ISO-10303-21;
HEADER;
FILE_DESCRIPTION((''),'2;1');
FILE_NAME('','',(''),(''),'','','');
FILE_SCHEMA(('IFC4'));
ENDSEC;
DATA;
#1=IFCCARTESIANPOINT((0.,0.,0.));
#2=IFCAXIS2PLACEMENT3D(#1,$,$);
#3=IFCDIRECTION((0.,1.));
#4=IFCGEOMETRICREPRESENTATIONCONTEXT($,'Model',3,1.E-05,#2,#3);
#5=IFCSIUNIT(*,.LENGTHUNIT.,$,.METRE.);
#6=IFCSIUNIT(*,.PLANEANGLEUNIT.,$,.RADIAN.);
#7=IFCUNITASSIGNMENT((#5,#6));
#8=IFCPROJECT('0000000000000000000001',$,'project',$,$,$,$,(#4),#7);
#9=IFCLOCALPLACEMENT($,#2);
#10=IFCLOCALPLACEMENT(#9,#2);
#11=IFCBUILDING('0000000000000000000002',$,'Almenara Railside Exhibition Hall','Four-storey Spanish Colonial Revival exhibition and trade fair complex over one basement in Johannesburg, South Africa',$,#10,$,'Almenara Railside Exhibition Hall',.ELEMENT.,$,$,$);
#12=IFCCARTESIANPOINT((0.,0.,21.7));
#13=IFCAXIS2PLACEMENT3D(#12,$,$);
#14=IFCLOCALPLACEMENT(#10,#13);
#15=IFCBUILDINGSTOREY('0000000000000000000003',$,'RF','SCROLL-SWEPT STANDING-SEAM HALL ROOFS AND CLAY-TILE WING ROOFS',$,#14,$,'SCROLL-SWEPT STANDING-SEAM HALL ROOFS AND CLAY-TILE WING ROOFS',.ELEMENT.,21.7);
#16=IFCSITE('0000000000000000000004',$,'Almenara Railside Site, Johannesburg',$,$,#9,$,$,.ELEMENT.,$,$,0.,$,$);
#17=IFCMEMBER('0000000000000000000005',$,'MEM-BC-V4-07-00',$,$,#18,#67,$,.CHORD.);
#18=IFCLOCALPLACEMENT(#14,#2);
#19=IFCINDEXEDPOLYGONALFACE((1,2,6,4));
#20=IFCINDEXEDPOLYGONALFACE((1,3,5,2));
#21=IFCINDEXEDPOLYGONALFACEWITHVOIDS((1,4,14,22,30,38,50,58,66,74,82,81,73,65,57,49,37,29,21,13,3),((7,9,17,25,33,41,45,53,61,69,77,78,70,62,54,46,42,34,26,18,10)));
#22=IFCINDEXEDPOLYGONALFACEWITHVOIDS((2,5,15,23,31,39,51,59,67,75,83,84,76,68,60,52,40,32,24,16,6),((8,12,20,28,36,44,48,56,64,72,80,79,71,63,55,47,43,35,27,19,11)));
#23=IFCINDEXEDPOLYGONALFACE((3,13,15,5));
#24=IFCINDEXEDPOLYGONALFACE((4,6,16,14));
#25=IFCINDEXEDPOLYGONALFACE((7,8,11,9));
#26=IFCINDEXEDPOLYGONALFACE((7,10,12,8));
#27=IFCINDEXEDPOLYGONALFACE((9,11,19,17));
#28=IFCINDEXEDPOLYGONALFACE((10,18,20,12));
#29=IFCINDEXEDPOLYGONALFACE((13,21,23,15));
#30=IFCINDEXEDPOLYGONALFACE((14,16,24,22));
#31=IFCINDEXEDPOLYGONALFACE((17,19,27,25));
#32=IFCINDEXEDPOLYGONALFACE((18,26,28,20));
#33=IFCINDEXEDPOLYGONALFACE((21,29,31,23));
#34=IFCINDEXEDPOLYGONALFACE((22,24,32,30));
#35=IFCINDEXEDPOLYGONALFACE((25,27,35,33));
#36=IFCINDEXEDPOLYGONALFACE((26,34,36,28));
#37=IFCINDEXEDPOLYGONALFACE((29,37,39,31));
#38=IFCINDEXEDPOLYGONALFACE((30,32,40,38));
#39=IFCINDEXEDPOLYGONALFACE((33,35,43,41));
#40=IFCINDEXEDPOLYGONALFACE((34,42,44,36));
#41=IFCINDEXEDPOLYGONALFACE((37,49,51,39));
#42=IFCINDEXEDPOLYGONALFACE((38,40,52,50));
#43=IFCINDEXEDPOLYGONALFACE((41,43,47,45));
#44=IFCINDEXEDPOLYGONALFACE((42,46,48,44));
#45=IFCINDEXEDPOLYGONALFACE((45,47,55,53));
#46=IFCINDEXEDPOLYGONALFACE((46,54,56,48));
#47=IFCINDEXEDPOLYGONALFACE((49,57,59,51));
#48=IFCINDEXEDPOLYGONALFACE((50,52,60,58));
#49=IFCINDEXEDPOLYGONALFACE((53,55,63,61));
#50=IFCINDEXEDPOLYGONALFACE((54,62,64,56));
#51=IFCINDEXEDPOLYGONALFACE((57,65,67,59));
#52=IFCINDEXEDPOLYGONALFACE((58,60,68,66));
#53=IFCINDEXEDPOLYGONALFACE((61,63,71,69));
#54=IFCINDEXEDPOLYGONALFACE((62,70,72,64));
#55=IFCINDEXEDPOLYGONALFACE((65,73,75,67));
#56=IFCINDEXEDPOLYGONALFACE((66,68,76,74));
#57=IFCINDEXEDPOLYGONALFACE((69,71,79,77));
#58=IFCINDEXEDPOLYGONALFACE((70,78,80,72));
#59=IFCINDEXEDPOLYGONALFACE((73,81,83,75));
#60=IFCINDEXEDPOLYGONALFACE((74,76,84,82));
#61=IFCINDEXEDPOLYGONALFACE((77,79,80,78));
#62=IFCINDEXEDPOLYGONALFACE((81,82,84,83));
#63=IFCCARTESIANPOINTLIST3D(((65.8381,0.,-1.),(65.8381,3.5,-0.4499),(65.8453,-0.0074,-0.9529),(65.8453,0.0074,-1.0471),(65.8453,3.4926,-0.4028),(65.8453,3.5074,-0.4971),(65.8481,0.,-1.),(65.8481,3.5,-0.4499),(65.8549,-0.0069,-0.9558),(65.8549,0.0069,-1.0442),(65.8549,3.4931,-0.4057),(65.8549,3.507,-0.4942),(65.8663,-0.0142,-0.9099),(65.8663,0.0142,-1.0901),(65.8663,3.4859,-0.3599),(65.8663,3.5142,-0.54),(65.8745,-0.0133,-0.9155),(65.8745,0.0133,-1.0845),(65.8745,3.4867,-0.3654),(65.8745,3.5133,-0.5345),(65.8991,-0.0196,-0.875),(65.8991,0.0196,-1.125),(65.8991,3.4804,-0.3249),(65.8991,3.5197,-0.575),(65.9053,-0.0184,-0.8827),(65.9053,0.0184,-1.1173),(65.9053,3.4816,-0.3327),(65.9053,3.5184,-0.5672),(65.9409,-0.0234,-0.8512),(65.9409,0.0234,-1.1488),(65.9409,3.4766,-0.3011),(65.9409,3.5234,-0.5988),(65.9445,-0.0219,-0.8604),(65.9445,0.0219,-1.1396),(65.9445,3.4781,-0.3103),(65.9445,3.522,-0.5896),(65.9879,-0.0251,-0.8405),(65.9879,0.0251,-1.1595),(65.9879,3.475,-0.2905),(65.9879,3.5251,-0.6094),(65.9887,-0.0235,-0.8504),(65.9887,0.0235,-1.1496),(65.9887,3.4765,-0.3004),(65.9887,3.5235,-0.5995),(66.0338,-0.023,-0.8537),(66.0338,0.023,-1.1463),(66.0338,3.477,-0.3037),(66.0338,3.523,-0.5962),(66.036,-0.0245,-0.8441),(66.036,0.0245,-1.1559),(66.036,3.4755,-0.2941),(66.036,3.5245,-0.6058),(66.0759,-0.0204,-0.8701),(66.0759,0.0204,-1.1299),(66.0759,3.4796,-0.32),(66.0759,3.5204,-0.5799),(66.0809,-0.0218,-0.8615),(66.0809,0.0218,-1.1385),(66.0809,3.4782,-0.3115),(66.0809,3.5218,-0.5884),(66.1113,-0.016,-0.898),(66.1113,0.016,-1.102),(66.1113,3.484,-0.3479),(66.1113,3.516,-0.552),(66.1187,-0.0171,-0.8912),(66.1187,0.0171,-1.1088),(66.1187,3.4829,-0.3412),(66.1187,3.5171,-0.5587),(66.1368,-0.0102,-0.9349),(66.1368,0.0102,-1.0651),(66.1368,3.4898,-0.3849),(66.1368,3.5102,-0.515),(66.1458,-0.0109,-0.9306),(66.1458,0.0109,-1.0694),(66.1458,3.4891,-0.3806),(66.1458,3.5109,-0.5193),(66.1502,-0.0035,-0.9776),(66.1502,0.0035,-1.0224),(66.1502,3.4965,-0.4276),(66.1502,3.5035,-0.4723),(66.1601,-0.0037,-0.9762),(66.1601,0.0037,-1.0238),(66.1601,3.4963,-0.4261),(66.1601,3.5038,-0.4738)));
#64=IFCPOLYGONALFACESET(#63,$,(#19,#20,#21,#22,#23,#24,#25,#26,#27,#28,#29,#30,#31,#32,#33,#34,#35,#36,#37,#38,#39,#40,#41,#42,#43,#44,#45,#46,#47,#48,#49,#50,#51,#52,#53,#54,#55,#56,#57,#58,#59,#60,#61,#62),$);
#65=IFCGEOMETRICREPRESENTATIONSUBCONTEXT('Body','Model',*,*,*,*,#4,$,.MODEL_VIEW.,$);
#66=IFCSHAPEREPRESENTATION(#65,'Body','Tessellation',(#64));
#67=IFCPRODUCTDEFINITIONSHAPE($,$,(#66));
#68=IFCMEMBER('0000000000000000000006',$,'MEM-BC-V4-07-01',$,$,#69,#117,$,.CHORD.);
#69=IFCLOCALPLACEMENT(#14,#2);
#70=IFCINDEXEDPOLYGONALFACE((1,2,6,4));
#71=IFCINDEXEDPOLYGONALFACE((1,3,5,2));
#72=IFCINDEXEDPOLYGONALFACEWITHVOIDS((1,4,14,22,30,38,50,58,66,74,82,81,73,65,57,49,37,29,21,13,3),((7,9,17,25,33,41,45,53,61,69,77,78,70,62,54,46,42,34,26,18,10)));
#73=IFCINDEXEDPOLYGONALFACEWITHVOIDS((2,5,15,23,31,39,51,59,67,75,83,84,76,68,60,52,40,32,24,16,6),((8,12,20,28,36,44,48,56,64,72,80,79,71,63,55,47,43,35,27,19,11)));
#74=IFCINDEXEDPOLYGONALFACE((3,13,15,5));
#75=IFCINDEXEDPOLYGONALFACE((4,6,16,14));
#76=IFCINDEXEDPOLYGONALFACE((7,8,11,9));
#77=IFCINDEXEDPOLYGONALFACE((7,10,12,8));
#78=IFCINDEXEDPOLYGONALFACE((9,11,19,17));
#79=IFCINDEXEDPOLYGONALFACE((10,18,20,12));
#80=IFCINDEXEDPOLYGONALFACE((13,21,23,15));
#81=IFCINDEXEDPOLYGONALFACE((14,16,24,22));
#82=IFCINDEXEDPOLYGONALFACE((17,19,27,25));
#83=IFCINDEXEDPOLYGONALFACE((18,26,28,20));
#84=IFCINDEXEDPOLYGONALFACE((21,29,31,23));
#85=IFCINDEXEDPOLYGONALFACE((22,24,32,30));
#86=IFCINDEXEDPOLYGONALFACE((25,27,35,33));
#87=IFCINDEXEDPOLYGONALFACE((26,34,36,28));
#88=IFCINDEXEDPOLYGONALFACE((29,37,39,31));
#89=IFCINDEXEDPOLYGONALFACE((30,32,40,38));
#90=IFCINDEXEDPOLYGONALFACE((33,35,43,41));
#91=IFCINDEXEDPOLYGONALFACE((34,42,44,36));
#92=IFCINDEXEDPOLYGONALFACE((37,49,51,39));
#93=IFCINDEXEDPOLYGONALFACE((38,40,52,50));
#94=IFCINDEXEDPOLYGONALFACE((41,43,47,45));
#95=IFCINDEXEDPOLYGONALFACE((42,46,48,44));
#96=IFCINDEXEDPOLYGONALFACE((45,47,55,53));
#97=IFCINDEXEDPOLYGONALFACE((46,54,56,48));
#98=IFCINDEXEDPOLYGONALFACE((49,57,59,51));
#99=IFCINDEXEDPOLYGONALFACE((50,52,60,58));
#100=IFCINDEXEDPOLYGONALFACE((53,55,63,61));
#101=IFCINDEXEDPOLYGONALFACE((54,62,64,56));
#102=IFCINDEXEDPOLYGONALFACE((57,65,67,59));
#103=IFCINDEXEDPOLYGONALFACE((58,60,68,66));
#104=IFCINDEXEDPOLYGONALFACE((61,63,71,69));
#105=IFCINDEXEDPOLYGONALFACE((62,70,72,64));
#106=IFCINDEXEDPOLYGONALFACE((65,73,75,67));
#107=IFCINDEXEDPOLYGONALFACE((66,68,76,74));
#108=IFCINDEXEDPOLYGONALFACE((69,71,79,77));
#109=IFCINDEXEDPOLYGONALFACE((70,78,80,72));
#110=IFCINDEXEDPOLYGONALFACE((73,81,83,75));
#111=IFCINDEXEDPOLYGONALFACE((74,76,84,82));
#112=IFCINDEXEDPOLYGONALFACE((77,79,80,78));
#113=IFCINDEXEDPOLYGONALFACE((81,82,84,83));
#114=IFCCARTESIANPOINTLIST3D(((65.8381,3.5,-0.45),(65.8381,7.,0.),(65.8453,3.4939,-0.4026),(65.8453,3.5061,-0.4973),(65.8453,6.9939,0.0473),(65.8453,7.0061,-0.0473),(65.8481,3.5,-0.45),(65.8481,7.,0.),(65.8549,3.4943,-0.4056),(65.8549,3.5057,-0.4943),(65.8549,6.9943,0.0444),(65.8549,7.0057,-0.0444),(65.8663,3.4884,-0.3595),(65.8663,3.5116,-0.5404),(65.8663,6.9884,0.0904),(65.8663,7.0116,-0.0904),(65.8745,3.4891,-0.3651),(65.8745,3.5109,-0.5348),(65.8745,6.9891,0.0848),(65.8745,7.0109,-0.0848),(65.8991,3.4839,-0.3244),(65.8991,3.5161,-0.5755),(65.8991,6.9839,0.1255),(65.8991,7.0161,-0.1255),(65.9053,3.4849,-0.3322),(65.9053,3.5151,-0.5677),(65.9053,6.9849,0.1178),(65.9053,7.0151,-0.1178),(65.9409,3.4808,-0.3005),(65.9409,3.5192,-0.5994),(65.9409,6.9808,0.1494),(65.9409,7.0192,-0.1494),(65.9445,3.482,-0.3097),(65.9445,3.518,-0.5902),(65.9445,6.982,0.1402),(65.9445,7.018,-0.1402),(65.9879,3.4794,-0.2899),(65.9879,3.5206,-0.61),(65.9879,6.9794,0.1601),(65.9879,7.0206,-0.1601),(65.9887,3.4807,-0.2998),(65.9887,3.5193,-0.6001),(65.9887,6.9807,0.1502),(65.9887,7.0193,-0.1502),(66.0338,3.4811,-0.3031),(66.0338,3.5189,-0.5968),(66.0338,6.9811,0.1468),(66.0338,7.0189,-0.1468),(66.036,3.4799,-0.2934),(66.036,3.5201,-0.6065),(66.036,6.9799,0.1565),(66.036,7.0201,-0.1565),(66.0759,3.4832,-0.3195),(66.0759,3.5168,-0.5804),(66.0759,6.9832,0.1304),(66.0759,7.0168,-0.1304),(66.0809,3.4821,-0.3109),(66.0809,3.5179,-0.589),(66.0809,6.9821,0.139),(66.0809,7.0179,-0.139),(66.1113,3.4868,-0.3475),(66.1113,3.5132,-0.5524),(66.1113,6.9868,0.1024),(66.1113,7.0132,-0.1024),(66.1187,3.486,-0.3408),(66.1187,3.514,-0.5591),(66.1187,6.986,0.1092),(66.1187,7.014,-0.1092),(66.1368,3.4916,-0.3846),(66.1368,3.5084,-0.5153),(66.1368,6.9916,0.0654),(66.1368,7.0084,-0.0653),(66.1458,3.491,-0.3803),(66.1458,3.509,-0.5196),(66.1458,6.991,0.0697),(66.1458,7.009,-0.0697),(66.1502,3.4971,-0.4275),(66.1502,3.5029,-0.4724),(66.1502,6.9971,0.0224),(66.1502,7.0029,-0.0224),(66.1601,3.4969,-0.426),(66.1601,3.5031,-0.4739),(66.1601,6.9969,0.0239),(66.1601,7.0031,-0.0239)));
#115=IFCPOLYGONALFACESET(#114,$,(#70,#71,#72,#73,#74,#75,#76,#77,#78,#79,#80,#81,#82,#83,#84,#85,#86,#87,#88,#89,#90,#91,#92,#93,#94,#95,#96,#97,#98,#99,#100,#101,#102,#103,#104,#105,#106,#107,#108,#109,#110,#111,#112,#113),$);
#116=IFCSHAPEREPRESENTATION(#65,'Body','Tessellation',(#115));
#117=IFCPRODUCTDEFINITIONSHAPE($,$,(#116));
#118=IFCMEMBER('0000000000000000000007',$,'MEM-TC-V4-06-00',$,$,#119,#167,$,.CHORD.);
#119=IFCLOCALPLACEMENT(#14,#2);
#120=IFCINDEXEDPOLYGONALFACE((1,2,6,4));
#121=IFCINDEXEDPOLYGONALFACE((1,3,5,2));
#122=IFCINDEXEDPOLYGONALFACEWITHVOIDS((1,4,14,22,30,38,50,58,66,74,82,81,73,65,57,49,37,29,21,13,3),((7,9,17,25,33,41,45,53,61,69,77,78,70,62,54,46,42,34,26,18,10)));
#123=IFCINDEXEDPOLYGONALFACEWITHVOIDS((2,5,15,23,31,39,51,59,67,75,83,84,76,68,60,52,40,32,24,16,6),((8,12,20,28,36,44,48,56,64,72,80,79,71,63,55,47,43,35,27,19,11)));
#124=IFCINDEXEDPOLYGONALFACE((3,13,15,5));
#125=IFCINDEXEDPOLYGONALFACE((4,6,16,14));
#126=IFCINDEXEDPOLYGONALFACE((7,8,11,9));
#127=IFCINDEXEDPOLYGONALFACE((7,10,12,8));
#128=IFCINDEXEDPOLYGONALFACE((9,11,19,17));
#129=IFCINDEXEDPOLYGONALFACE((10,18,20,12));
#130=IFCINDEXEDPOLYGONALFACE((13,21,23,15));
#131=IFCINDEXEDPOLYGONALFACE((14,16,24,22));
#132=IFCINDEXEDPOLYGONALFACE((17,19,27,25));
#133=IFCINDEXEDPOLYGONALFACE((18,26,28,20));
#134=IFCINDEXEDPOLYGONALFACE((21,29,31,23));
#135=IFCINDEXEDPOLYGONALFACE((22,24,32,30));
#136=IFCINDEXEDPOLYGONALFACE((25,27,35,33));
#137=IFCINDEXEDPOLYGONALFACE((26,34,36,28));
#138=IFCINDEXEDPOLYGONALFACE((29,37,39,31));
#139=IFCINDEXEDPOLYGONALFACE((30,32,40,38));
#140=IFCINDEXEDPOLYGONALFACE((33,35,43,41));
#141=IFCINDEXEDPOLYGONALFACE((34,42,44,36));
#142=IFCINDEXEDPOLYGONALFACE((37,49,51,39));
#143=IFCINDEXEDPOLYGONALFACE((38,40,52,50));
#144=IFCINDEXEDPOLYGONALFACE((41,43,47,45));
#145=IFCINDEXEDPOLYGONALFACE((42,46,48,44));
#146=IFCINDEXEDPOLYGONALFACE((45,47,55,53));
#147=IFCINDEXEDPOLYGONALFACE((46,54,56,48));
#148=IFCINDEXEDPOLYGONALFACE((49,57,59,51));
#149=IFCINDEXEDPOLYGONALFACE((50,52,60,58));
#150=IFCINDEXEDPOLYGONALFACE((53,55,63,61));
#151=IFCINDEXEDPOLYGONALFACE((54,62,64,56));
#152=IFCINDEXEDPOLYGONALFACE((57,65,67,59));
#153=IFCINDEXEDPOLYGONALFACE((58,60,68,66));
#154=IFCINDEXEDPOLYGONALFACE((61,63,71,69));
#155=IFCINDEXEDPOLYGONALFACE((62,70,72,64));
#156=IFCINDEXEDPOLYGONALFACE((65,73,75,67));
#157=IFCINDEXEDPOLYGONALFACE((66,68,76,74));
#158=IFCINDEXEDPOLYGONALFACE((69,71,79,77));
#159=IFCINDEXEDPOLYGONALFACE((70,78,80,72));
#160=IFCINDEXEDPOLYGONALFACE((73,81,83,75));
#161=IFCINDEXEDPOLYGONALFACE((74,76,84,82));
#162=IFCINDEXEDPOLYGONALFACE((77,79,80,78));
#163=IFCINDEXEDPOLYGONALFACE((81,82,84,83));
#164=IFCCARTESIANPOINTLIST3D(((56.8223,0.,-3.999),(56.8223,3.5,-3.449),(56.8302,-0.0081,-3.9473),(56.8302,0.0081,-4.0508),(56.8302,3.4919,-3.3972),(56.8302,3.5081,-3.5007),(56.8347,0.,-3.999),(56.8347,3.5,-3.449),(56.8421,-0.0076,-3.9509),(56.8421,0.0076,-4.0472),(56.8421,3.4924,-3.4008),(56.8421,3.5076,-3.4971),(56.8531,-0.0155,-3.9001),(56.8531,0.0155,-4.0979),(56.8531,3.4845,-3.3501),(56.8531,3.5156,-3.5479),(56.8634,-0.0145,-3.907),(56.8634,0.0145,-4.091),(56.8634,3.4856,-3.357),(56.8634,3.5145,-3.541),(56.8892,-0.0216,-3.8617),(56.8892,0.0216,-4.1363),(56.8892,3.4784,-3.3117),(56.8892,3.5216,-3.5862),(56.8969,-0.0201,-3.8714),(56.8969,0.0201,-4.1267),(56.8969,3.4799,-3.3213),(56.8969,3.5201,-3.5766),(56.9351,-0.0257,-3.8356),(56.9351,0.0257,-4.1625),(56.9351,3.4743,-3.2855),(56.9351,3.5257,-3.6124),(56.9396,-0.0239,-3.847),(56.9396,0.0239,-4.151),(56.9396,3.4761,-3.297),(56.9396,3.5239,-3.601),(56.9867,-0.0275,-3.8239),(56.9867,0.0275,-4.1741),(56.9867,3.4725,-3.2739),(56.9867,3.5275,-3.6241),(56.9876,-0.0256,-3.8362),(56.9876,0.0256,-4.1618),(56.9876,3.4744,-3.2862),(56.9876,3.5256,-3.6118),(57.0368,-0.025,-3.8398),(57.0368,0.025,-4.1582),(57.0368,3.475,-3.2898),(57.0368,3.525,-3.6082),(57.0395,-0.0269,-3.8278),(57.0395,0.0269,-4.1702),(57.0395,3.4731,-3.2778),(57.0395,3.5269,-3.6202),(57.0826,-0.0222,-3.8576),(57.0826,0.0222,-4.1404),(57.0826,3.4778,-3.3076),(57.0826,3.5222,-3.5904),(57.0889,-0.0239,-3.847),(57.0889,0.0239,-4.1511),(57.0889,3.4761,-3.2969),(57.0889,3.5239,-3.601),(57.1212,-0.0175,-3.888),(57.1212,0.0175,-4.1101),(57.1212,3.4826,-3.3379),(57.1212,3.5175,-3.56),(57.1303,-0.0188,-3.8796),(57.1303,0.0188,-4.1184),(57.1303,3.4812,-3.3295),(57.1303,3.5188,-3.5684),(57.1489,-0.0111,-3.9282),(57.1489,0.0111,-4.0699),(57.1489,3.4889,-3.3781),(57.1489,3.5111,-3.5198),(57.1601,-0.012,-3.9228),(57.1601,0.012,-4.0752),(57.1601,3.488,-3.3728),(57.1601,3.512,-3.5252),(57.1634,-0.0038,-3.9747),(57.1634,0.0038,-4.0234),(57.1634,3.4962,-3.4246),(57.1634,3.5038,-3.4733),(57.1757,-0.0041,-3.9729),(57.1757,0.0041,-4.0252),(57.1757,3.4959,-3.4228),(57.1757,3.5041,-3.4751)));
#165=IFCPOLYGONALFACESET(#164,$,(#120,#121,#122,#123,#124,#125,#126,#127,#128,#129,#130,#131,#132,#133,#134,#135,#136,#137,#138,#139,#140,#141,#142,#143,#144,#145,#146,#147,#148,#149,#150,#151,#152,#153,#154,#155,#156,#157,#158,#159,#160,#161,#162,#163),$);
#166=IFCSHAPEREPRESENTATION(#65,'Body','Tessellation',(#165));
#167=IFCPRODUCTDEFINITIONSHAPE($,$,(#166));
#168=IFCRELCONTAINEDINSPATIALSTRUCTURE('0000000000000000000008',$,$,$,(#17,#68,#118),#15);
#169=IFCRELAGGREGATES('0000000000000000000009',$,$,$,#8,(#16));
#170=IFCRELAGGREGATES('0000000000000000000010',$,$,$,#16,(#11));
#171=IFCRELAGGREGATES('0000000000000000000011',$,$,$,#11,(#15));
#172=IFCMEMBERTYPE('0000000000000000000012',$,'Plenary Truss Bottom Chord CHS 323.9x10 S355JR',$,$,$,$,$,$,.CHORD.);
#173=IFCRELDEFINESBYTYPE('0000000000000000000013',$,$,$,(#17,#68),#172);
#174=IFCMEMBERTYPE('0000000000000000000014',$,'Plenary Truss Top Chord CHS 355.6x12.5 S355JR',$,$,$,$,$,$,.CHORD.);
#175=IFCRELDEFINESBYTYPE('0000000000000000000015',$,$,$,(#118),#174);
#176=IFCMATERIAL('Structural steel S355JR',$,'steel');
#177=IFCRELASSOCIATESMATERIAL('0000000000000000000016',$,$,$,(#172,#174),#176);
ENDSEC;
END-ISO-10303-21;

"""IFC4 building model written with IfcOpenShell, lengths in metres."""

from ifc_helpers import new_model, si_unit, direction, frame, origin, origin_2d, place, context, subcontext, project, spatial, hollow_circle, extrude, material, material_profile, profile_set, type_object, element, save


model = new_model("IFC4")

# Units and contexts
model_context = context("Model", 3, precision=1e-05, world=origin(), true_north=direction((0.0, 1.0)))
body_context = subcontext(model_context, "Body", "Model", "MODEL_VIEW")
ifc_project = project(units=[si_unit("LENGTHUNIT", "METRE"), si_unit("PLANEANGLEUNIT", "RADIAN")], contexts=[model_context])

# Site, building, storey
site_placement = place(None, origin())
site = spatial("IfcSite", under=ifc_project, at=site_placement, Name="Almenara Railside Site, Johannesburg", CompositionType="ELEMENT", RefElevation=0.0)
building_placement = place(site_placement, origin())
building = spatial("IfcBuilding", under=site, at=building_placement, Name="Almenara Railside Exhibition Hall", Description="Four-storey Spanish Colonial Revival exhibition and trade fair complex over one basement in Johannesburg, South Africa", LongName="Almenara Railside Exhibition Hall", CompositionType="ELEMENT")
storey_placement = place(building_placement, frame((0.0, 0.0, 21.7)))
storey = spatial("IfcBuildingStorey", under=building, at=storey_placement, Name="RF", Description="SCROLL-SWEPT STANDING-SEAM HALL ROOFS AND CLAY-TILE WING ROOFS", LongName="SCROLL-SWEPT STANDING-SEAM HALL ROOFS AND CLAY-TILE WING ROOFS", CompositionType="ELEMENT", Elevation=21.7)

# Shared definitions
ifc_material = material(Name="Structural steel S355JR", Category="steel")

# Members
ifc_material_profile_1 = material_profile(ifc_material, hollow_circle(Radius=0.1619, WallThickness=0.01, at=origin_2d()), Name="CHS 323.9x10")
ifc_profile_set_1 = profile_set([ifc_material_profile_1], Name="Structural steel S355JR")
member_type_1 = type_object("IfcMemberType", Name="Plenary Truss Bottom Chord CHS 323.9x10 S355JR", PredefinedType="CHORD", material=ifc_profile_set_1)
member_1_placement = place(storey_placement, frame((66.0, 0.0, -1.0), z_axis=(0.0, 0.987875, 0.155251), x_axis=(-1.0, 0.0, 0.0)))
element("IfcMember", 1, at=member_1_placement, inside=storey, type_object=member_type_1, Name="MEM-BC-V4-07-00", PredefinedType="CHORD", context=body_context, shape_type="SweptSolid", body=[
    extrude(hollow_circle(Radius=0.1619, WallThickness=0.01, at=origin_2d()), origin(), (0.0, 0.0, 1.0), 3.543),
])
member_2_placement = place(storey_placement, frame((66.0, 3.5, -0.45), z_axis=(0.0, 0.991838, 0.127508), x_axis=(-1.0, 0.0, 0.0)))
element("IfcMember", 2, at=member_2_placement, inside=storey, type_object=member_type_1, Name="MEM-BC-V4-07-01", PredefinedType="CHORD", context=body_context, shape_type="SweptSolid", body=[
    extrude(hollow_circle(Radius=0.1619, WallThickness=0.01, at=origin_2d()), origin(), (0.0, 0.0, 1.0), 3.5288),
])
ifc_material_profile_2 = material_profile(ifc_material, hollow_circle(Radius=0.1777, WallThickness=0.0125, at=origin_2d()), Name="CHS 355.6x12.5")
ifc_profile_set_2 = profile_set([ifc_material_profile_2], Name="Structural steel S355JR")
member_type_2 = type_object("IfcMemberType", Name="Plenary Truss Top Chord CHS 355.6x12.5 S355JR", PredefinedType="CHORD", material=ifc_profile_set_2)
member_3_placement = place(storey_placement, frame((57.0, 0.0, -3.999), z_axis=(0.0, 0.987875, 0.155251), x_axis=(-1.0, 0.0, 0.0)))
element("IfcMember", 3, at=member_3_placement, inside=storey, type_object=member_type_2, Name="MEM-TC-V4-06-00", PredefinedType="CHORD", context=body_context, shape_type="SweptSolid", body=[
    extrude(hollow_circle(Radius=0.1777, WallThickness=0.0125, at=origin_2d()), origin(), (0.0, 0.0, 1.0), 3.543),
])

save(model, "model.ifc")
